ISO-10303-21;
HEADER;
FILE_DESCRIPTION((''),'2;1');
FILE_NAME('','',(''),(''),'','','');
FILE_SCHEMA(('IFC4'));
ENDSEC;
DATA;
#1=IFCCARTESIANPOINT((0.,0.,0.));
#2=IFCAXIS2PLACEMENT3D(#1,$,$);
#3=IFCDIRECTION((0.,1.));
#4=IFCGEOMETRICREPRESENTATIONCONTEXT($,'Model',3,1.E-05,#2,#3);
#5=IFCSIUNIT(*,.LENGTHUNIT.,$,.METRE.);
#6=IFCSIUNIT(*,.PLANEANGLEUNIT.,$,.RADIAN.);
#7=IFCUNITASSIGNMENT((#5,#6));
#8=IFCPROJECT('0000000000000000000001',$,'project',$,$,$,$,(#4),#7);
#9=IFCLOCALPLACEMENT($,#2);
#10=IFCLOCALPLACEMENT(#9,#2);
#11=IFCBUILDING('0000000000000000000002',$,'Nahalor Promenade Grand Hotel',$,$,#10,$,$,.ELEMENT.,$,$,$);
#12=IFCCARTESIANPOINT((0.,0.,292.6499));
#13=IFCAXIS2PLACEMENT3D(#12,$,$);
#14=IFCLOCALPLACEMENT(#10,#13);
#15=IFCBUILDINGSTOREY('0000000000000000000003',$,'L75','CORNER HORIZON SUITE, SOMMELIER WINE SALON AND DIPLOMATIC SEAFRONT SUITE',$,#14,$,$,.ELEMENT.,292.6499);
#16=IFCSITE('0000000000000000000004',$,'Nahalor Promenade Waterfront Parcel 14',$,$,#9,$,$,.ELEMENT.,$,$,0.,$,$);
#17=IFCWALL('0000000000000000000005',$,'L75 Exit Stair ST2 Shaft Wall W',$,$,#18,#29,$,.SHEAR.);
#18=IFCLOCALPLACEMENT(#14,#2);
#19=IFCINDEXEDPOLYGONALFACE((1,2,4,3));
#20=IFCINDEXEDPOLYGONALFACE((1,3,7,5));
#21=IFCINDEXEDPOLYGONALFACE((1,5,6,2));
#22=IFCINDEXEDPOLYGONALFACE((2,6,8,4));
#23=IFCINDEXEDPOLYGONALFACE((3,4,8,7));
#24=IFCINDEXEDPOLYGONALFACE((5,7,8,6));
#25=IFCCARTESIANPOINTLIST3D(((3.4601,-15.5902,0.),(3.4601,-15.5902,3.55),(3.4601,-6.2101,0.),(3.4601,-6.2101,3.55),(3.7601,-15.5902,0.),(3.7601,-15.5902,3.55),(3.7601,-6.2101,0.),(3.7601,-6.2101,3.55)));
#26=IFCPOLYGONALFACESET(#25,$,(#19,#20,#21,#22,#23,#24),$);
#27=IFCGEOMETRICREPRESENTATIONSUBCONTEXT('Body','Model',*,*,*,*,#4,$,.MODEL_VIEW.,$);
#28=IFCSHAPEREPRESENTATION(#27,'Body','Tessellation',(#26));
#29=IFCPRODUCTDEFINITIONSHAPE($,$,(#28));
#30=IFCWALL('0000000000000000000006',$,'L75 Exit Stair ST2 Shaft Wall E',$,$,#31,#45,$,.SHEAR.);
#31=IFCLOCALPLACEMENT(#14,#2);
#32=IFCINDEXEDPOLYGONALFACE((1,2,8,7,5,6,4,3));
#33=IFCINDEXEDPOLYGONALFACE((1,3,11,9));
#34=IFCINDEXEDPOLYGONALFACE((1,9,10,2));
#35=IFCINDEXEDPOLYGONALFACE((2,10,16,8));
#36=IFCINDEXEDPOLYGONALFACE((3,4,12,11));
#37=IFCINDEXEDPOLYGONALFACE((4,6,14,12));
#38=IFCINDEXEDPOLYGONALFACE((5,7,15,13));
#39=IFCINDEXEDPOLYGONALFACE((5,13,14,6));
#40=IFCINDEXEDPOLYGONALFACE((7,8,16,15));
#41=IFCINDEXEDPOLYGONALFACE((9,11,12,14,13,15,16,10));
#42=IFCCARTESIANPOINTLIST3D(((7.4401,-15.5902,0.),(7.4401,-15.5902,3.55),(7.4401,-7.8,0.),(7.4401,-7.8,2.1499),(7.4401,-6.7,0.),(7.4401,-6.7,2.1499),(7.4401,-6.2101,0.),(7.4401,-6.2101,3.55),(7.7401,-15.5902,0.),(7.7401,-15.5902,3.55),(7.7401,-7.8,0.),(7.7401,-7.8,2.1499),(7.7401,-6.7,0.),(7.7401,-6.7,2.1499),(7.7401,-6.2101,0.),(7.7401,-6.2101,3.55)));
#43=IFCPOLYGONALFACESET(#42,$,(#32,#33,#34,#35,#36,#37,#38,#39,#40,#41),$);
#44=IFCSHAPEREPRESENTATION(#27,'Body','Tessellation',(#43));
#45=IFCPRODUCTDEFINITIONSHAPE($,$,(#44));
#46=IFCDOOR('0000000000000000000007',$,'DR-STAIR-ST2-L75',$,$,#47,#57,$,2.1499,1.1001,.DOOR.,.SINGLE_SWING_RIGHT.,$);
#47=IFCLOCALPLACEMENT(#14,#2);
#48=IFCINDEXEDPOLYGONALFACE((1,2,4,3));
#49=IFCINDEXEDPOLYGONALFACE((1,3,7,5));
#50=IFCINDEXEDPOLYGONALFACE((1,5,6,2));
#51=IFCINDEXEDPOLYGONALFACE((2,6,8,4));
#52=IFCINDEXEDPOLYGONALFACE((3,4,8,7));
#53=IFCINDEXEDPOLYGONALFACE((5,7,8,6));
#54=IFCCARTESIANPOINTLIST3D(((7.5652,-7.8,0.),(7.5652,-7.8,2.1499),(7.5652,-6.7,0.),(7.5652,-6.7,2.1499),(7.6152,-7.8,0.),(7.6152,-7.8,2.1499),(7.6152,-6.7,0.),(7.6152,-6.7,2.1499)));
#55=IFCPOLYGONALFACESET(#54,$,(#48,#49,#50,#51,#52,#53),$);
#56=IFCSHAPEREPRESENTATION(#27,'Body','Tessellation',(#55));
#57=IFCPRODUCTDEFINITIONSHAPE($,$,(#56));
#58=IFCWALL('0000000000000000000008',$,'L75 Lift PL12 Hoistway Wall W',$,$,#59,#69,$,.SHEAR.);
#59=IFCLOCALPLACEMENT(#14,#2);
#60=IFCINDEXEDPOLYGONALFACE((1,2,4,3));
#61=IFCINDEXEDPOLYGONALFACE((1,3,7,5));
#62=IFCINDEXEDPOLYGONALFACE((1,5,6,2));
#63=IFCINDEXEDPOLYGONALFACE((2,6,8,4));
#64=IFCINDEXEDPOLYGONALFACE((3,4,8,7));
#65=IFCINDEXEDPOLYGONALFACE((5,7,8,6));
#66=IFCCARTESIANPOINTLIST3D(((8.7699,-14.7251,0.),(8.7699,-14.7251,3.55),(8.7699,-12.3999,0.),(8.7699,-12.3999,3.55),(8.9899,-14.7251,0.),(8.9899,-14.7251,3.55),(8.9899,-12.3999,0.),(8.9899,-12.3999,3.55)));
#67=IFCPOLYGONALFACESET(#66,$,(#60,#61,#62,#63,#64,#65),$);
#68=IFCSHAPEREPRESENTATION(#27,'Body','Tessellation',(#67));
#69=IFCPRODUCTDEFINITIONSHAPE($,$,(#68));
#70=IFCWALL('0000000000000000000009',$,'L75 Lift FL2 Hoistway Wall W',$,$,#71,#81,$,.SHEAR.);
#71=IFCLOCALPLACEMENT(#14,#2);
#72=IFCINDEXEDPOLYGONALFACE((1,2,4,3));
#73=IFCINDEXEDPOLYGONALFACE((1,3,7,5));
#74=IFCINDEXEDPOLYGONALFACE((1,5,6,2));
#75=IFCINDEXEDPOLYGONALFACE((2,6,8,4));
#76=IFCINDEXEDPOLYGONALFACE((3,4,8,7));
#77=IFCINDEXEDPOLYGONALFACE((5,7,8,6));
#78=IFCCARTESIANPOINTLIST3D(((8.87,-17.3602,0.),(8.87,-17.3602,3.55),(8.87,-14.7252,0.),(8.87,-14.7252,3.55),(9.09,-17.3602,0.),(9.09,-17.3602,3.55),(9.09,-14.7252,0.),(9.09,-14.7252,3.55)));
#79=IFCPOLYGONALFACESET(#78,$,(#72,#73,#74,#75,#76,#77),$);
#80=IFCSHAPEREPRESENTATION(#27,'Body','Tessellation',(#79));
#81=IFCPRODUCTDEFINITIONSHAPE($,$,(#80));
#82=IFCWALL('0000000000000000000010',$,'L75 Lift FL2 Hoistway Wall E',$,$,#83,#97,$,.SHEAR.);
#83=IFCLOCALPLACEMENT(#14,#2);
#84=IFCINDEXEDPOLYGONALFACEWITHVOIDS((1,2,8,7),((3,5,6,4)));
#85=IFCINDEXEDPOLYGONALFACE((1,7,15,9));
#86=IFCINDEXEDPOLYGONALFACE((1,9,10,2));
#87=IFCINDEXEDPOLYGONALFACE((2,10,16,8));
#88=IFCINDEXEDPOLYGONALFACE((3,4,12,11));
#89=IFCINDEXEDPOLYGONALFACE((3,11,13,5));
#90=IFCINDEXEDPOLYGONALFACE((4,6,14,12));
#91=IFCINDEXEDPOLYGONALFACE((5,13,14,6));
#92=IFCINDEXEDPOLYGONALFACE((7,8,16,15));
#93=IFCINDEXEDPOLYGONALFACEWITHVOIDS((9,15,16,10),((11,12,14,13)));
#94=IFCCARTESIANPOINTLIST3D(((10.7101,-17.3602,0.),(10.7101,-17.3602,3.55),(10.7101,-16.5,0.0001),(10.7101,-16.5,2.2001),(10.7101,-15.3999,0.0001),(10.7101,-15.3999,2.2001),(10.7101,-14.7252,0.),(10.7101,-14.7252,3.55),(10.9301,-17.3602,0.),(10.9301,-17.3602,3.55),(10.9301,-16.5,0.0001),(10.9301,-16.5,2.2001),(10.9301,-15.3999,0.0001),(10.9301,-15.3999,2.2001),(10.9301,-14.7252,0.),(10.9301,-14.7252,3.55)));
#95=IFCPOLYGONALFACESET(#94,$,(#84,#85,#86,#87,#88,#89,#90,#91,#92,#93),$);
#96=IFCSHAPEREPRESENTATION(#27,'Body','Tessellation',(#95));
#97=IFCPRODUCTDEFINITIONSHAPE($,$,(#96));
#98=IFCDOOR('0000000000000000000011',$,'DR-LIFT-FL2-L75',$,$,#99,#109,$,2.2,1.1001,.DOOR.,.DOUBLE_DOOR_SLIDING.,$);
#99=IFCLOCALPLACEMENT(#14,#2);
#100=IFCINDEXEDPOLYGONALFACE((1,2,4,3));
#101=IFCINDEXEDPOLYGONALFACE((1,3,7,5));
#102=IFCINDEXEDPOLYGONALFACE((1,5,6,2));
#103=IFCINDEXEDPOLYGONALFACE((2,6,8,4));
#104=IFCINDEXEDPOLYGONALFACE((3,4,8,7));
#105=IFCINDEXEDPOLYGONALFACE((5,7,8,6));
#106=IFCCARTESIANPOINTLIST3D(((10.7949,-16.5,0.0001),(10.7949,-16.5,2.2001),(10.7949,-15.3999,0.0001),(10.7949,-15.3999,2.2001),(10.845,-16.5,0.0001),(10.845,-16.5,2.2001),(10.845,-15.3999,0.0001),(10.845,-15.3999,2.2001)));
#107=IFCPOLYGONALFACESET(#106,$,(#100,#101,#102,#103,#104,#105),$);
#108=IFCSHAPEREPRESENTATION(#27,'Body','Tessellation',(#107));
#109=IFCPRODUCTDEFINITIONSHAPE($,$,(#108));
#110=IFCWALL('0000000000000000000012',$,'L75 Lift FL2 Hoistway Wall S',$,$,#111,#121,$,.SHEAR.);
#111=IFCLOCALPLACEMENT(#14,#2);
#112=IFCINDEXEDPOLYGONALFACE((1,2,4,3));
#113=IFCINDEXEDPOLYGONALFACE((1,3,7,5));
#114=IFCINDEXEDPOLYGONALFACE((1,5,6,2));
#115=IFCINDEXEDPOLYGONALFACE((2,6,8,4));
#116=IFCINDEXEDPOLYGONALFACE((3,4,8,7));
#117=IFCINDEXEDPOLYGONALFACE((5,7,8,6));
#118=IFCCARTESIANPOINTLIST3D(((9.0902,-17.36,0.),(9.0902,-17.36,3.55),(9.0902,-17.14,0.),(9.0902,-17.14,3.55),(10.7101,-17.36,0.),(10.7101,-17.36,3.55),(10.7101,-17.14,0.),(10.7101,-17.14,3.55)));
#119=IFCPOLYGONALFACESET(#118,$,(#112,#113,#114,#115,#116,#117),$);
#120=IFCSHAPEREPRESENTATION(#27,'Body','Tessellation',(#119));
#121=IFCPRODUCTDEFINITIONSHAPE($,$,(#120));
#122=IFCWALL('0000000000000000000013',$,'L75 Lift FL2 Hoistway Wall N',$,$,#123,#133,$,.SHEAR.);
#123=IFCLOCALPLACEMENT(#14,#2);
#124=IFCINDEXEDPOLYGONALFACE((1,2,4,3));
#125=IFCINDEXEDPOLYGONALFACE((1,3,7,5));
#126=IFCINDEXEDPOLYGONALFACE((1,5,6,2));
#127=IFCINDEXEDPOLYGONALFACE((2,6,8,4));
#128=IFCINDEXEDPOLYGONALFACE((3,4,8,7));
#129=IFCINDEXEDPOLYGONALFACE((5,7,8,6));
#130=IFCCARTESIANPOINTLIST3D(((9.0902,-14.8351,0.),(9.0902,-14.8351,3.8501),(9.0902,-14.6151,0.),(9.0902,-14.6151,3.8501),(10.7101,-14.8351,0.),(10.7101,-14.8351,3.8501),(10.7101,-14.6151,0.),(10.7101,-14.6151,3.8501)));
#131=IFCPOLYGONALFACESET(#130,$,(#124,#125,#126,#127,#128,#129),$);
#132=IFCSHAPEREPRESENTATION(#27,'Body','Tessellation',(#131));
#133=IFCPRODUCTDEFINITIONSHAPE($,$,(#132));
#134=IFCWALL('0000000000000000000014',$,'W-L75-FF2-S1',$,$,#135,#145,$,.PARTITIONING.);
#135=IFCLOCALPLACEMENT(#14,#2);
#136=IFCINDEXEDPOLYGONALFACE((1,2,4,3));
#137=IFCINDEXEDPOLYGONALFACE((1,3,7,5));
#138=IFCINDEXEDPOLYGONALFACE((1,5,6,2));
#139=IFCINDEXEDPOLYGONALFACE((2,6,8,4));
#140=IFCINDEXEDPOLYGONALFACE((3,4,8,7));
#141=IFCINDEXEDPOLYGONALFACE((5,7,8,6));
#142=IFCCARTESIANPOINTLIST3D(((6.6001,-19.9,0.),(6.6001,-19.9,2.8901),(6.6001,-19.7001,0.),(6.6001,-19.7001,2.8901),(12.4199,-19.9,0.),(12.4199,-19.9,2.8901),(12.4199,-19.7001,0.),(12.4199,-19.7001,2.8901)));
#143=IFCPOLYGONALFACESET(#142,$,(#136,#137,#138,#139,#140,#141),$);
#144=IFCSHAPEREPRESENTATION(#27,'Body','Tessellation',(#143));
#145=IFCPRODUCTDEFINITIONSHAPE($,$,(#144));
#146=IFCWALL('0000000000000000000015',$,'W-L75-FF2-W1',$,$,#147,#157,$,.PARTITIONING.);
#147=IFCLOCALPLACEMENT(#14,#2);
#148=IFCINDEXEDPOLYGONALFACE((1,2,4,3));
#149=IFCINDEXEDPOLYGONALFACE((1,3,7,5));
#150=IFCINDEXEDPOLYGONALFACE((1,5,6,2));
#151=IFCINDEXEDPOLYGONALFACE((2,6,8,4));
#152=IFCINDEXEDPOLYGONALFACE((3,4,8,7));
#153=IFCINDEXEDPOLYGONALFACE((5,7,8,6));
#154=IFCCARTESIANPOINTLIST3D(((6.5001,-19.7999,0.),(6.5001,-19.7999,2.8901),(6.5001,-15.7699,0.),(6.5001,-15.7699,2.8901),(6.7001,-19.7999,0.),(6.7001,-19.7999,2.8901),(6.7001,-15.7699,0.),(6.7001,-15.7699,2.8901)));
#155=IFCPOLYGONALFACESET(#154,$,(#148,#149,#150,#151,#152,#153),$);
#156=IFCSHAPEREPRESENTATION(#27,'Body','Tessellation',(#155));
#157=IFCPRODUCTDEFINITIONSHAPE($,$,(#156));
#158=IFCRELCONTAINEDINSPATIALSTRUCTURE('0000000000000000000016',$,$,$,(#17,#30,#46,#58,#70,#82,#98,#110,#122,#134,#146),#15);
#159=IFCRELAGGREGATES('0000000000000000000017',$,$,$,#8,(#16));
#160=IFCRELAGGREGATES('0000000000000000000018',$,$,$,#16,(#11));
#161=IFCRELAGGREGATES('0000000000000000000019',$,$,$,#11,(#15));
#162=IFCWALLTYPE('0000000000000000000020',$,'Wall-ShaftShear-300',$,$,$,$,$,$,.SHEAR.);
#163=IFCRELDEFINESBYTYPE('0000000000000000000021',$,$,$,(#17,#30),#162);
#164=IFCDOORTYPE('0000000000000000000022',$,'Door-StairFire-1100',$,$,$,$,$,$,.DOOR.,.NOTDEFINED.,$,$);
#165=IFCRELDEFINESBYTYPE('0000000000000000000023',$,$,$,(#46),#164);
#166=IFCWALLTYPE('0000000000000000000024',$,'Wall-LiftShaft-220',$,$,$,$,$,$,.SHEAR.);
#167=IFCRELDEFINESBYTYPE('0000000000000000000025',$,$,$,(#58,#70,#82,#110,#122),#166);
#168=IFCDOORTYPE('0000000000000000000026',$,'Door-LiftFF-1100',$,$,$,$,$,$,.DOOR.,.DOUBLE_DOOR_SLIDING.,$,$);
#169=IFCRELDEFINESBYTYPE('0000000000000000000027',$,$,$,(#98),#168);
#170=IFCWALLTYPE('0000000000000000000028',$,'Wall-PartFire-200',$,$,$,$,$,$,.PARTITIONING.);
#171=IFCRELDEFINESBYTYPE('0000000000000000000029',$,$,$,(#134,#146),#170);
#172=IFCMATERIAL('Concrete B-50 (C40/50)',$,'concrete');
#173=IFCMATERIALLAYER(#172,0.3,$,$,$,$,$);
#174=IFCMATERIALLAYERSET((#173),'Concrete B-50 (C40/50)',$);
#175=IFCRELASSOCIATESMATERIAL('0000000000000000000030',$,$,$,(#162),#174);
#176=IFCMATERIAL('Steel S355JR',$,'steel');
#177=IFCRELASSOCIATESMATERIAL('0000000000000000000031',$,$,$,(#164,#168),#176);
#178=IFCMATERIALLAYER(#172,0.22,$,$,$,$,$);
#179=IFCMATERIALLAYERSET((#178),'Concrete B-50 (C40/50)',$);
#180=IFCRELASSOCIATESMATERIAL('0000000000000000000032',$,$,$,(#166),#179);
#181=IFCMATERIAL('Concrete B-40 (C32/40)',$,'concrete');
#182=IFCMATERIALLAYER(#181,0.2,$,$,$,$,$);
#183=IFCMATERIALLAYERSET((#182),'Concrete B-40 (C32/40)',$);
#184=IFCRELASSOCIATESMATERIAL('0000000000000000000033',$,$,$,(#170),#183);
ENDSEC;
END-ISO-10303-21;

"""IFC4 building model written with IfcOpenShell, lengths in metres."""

from ifc_helpers import new_model, si_unit, direction, frame, frame_2d, origin, place, context, subcontext, project, spatial, rectangle, extrude, source, transform, mapped, material, layer, layer_set, type_object, element, fill, save


model = new_model("IFC4")

# Units and contexts
model_context = context("Model", 3, precision=1e-05, world=origin(), true_north=direction((0.0, 1.0)))
body_context = subcontext(model_context, "Body", "Model", "MODEL_VIEW")
ifc_project = project(units=[si_unit("LENGTHUNIT", "METRE"), si_unit("PLANEANGLEUNIT", "RADIAN")], contexts=[model_context])

# Site, building, storey
site_placement = place(None, origin())
site = spatial("IfcSite", under=ifc_project, at=site_placement, Name="Nahalor Promenade Waterfront Parcel 14", CompositionType="ELEMENT", RefElevation=0.0)
building_placement = place(site_placement, origin())
building = spatial("IfcBuilding", under=site, at=building_placement, Name="Nahalor Promenade Grand Hotel", CompositionType="ELEMENT")
storey_placement = place(building_placement, frame((0.0, 0.0, 292.6499)))
storey = spatial("IfcBuildingStorey", under=building, at=storey_placement, Name="L75", Description="CORNER HORIZON SUITE, SOMMELIER WINE SALON AND DIPLOMATIC SEAFRONT SUITE", CompositionType="ELEMENT", Elevation=292.6499)

# Shared definitions
ifc_material_1 = material(Name="Concrete B-50 (C40/50)", Category="concrete")
ifc_material_2 = material(Name="Steel S355JR", Category="steel")

# Wall
ifc_layer_1 = layer(ifc_material_1, 0.3)
ifc_layer_set_1 = layer_set([ifc_layer_1], Name="Concrete B-50 (C40/50)")
wall_type_1 = type_object("IfcWallType", Name="Wall-ShaftShear-300", PredefinedType="SHEAR", material=ifc_layer_set_1)
shared_shape_1 = source(origin(), body_context, "Body", "SweptSolid", [
    extrude(rectangle(XDim=9.3801, YDim=0.3, at=frame_2d((4.6899, 0.0))), origin(), (0.0, 0.0, 1.0), 3.55),
])
wall_1_placement = place(storey_placement, frame((3.6101, -15.5901, 0.0), z_axis=(0.0, 0.0, 1.0), x_axis=(0.0, 1.0, 0.0)))
element("IfcWall", 1, at=wall_1_placement, inside=storey, type_object=wall_type_1, Name="L75 Exit Stair ST2 Shaft Wall W", PredefinedType="SHEAR", context=body_context, shape_type="MappedRepresentation", body=[
    mapped(shared_shape_1, transform((0.0, 0.0, 0.0), scale=1.0)),
])

# Wall, opening, door
wall_2_placement = place(storey_placement, frame((7.5901, -15.5901, 0.0), z_axis=(0.0, 0.0, 1.0), x_axis=(0.0, 1.0, 0.0)))
wall_2 = element("IfcWall", 2, at=wall_2_placement, inside=storey, type_object=wall_type_1, Name="L75 Exit Stair ST2 Shaft Wall E", PredefinedType="SHEAR", context=body_context, shape_type="MappedRepresentation", body=[
    mapped(shared_shape_1, transform((0.0, 0.0, 0.0), scale=1.0)),
])
opening_1_placement = place(wall_2_placement, frame((7.79, 0.0, 0.0)))
opening_1 = element("IfcOpeningElement", 3, at=opening_1_placement, cuts=wall_2, PredefinedType="OPENING", context=body_context, shape_type="SweptSolid", body=[
    extrude(rectangle(XDim=1.1001, YDim=2.1499, at=frame_2d((0.55, 1.075))), frame((0.0, 0.1599, 0.0), z_axis=(0.0, -1.0, 0.0), x_axis=(1.0, 0.0, 0.0)), (0.0, 0.0, 1.0), 0.3201),
])
door_type_1 = type_object("IfcDoorType", Name="Door-StairFire-1100", OperationType="NOTDEFINED", PredefinedType="DOOR", material=ifc_material_2)
shared_shape_2 = source(origin(), body_context, "Body", "SweptSolid", [
    extrude(rectangle(XDim=1.1001, YDim=2.1499, at=frame_2d((0.55, 1.075))), frame((0.0, 0.0249, 0.0), z_axis=(0.0, -1.0, 0.0), x_axis=(1.0, 0.0, 0.0)), (0.0, 0.0, 1.0), 0.05),
])
door_1_placement = place(opening_1_placement, origin())
door_1 = element("IfcDoor", 4, at=door_1_placement, inside=storey, type_object=door_type_1, Name="DR-STAIR-ST2-L75", OperationType="SINGLE_SWING_RIGHT", OverallHeight=2.1499, OverallWidth=1.1001, PredefinedType="DOOR", context=body_context, shape_type="MappedRepresentation", body=[
    mapped(shared_shape_2, transform((0.0, 0.0, 0.0), scale=1.0)),
])
fill(opening_1, door_1)

# Walls
ifc_layer_2 = layer(ifc_material_1, 0.22)
ifc_layer_set_2 = layer_set([ifc_layer_2], Name="Concrete B-50 (C40/50)")
wall_type_2 = type_object("IfcWallType", Name="Wall-LiftShaft-220", PredefinedType="SHEAR", material=ifc_layer_set_2)
shared_shape_3 = source(origin(), body_context, "Body", "SweptSolid", [
    extrude(rectangle(XDim=2.3252, YDim=0.22, at=frame_2d((1.1626, 0.0))), origin(), (0.0, 0.0, 1.0), 3.55),
])
wall_3_placement = place(storey_placement, frame((8.8799, -14.7251, 0.0), z_axis=(0.0, 0.0, 1.0), x_axis=(0.0, 1.0, 0.0)))
element("IfcWall", 5, at=wall_3_placement, inside=storey, type_object=wall_type_2, Name="L75 Lift PL12 Hoistway Wall W", PredefinedType="SHEAR", context=body_context, shape_type="MappedRepresentation", body=[
    mapped(shared_shape_3, transform((0.0, 0.0, 0.0), scale=1.0)),
])
shared_shape_4 = source(origin(), body_context, "Body", "SweptSolid", [
    extrude(rectangle(XDim=2.635, YDim=0.22, at=frame_2d((1.3174, 0.0))), origin(), (0.0, 0.0, 1.0), 3.55),
])
wall_4_placement = place(storey_placement, frame((8.98, -17.3601, 0.0), z_axis=(0.0, 0.0, 1.0), x_axis=(0.0, 1.0, 0.0)))
element("IfcWall", 6, at=wall_4_placement, inside=storey, type_object=wall_type_2, Name="L75 Lift FL2 Hoistway Wall W", PredefinedType="SHEAR", context=body_context, shape_type="MappedRepresentation", body=[
    mapped(shared_shape_4, transform((0.0, 0.0, 0.0), scale=1.0)),
])

# Wall, opening, door
wall_5_placement = place(storey_placement, frame((10.8201, -17.3601, 0.0), z_axis=(0.0, 0.0, 1.0), x_axis=(0.0, 1.0, 0.0)))
wall_5 = element("IfcWall", 7, at=wall_5_placement, inside=storey, type_object=wall_type_2, Name="L75 Lift FL2 Hoistway Wall E", PredefinedType="SHEAR", context=body_context, shape_type="MappedRepresentation", body=[
    mapped(shared_shape_4, transform((0.0, 0.0, 0.0), scale=1.0)),
])
opening_2_placement = place(wall_5_placement, frame((0.8601, 0.0, 0.0)))
opening_2 = element("IfcOpeningElement", 8, at=opening_2_placement, cuts=wall_5, PredefinedType="OPENING", context=body_context, shape_type="SweptSolid", body=[
    extrude(rectangle(XDim=1.1001, YDim=2.2, at=frame_2d((0.55, 1.1001))), frame((0.0, 0.1199, 0.0), z_axis=(0.0, -1.0, 0.0), x_axis=(1.0, 0.0, 0.0)), (0.0, 0.0, 1.0), 0.24),
])
door_type_2 = type_object("IfcDoorType", Name="Door-LiftFF-1100", OperationType="DOUBLE_DOOR_SLIDING", PredefinedType="DOOR", material=ifc_material_2)
shared_shape_5 = source(origin(), body_context, "Body", "SweptSolid", [
    extrude(rectangle(XDim=1.1001, YDim=2.2, at=frame_2d((0.55, 1.1001))), frame((0.0, 0.0249, 0.0), z_axis=(0.0, -1.0, 0.0), x_axis=(1.0, 0.0, 0.0)), (0.0, 0.0, 1.0), 0.05),
])
door_2_placement = place(opening_2_placement, frame((1.1001, 0.0, 0.0), z_axis=(0.0, 0.0, 1.0), x_axis=(-1.0, 0.0, 0.0)))
door_2 = element("IfcDoor", 9, at=door_2_placement, inside=storey, type_object=door_type_2, Name="DR-LIFT-FL2-L75", OperationType="DOUBLE_DOOR_SLIDING", OverallHeight=2.2, OverallWidth=1.1001, PredefinedType="DOOR", context=body_context, shape_type="MappedRepresentation", body=[
    mapped(shared_shape_5, transform((0.0, 0.0, 0.0), scale=1.0)),
])
fill(opening_2, door_2)

# Walls
shared_shape_6 = source(origin(), body_context, "Body", "SweptSolid", [
    extrude(rectangle(XDim=1.6199, YDim=0.22, at=frame_2d((0.8101, 0.0))), origin(), (0.0, 0.0, 1.0), 3.55),
])
wall_6_placement = place(storey_placement, frame((9.0901, -17.25, 0.0), z_axis=(0.0, 0.0, 1.0), x_axis=(1.0, 0.0, 0.0)))
element("IfcWall", 10, at=wall_6_placement, inside=storey, type_object=wall_type_2, Name="L75 Lift FL2 Hoistway Wall S", PredefinedType="SHEAR", context=body_context, shape_type="MappedRepresentation", body=[
    mapped(shared_shape_6, transform((0.0, 0.0, 0.0), scale=1.0)),
])
shared_shape_7 = source(origin(), body_context, "Body", "SweptSolid", [
    extrude(rectangle(XDim=1.6199, YDim=0.22, at=frame_2d((0.8101, 0.0))), origin(), (0.0, 0.0, 1.0), 3.8501),
])
wall_7_placement = place(storey_placement, frame((9.0901, -14.7251, 0.0), z_axis=(0.0, 0.0, 1.0), x_axis=(1.0, 0.0, 0.0)))
element("IfcWall", 11, at=wall_7_placement, inside=storey, type_object=wall_type_2, Name="L75 Lift FL2 Hoistway Wall N", PredefinedType="SHEAR", context=body_context, shape_type="MappedRepresentation", body=[
    mapped(shared_shape_7, transform((0.0, 0.0, 0.0), scale=1.0)),
])
ifc_material_3 = material(Name="Concrete B-40 (C32/40)", Category="concrete")
ifc_layer_3 = layer(ifc_material_3, 0.2)
ifc_layer_set_3 = layer_set([ifc_layer_3], Name="Concrete B-40 (C32/40)")
wall_type_3 = type_object("IfcWallType", Name="Wall-PartFire-200", PredefinedType="PARTITIONING", material=ifc_layer_set_3)
shared_shape_8 = source(origin(), body_context, "Body", "SweptSolid", [
    extrude(rectangle(XDim=5.8198, YDim=0.2, at=frame_2d((2.9099, 0.0))), origin(), (0.0, 0.0, 1.0), 2.8901),
])
wall_8_placement = place(storey_placement, frame((6.6001, -19.8, 0.0), z_axis=(0.0, 0.0, 1.0), x_axis=(1.0, 0.0, 0.0)))
element("IfcWall", 12, at=wall_8_placement, inside=storey, type_object=wall_type_3, Name="W-L75-FF2-S1", PredefinedType="PARTITIONING", context=body_context, shape_type="MappedRepresentation", body=[
    mapped(shared_shape_8, transform((0.0, 0.0, 0.0), scale=1.0)),
])
shared_shape_9 = source(origin(), body_context, "Body", "SweptSolid", [
    extrude(rectangle(XDim=4.03, YDim=0.2, at=frame_2d((2.0151, 0.0))), origin(), (0.0, 0.0, 1.0), 2.8901),
])
wall_9_placement = place(storey_placement, frame((6.6001, -19.8, 0.0), z_axis=(0.0, 0.0, 1.0), x_axis=(0.0, 1.0, 0.0)))
element("IfcWall", 13, at=wall_9_placement, inside=storey, type_object=wall_type_3, Name="W-L75-FF2-W1", PredefinedType="PARTITIONING", context=body_context, shape_type="MappedRepresentation", body=[
    mapped(shared_shape_9, transform((0.0, 0.0, 0.0), scale=1.0)),
])

save(model, "model.ifc")
